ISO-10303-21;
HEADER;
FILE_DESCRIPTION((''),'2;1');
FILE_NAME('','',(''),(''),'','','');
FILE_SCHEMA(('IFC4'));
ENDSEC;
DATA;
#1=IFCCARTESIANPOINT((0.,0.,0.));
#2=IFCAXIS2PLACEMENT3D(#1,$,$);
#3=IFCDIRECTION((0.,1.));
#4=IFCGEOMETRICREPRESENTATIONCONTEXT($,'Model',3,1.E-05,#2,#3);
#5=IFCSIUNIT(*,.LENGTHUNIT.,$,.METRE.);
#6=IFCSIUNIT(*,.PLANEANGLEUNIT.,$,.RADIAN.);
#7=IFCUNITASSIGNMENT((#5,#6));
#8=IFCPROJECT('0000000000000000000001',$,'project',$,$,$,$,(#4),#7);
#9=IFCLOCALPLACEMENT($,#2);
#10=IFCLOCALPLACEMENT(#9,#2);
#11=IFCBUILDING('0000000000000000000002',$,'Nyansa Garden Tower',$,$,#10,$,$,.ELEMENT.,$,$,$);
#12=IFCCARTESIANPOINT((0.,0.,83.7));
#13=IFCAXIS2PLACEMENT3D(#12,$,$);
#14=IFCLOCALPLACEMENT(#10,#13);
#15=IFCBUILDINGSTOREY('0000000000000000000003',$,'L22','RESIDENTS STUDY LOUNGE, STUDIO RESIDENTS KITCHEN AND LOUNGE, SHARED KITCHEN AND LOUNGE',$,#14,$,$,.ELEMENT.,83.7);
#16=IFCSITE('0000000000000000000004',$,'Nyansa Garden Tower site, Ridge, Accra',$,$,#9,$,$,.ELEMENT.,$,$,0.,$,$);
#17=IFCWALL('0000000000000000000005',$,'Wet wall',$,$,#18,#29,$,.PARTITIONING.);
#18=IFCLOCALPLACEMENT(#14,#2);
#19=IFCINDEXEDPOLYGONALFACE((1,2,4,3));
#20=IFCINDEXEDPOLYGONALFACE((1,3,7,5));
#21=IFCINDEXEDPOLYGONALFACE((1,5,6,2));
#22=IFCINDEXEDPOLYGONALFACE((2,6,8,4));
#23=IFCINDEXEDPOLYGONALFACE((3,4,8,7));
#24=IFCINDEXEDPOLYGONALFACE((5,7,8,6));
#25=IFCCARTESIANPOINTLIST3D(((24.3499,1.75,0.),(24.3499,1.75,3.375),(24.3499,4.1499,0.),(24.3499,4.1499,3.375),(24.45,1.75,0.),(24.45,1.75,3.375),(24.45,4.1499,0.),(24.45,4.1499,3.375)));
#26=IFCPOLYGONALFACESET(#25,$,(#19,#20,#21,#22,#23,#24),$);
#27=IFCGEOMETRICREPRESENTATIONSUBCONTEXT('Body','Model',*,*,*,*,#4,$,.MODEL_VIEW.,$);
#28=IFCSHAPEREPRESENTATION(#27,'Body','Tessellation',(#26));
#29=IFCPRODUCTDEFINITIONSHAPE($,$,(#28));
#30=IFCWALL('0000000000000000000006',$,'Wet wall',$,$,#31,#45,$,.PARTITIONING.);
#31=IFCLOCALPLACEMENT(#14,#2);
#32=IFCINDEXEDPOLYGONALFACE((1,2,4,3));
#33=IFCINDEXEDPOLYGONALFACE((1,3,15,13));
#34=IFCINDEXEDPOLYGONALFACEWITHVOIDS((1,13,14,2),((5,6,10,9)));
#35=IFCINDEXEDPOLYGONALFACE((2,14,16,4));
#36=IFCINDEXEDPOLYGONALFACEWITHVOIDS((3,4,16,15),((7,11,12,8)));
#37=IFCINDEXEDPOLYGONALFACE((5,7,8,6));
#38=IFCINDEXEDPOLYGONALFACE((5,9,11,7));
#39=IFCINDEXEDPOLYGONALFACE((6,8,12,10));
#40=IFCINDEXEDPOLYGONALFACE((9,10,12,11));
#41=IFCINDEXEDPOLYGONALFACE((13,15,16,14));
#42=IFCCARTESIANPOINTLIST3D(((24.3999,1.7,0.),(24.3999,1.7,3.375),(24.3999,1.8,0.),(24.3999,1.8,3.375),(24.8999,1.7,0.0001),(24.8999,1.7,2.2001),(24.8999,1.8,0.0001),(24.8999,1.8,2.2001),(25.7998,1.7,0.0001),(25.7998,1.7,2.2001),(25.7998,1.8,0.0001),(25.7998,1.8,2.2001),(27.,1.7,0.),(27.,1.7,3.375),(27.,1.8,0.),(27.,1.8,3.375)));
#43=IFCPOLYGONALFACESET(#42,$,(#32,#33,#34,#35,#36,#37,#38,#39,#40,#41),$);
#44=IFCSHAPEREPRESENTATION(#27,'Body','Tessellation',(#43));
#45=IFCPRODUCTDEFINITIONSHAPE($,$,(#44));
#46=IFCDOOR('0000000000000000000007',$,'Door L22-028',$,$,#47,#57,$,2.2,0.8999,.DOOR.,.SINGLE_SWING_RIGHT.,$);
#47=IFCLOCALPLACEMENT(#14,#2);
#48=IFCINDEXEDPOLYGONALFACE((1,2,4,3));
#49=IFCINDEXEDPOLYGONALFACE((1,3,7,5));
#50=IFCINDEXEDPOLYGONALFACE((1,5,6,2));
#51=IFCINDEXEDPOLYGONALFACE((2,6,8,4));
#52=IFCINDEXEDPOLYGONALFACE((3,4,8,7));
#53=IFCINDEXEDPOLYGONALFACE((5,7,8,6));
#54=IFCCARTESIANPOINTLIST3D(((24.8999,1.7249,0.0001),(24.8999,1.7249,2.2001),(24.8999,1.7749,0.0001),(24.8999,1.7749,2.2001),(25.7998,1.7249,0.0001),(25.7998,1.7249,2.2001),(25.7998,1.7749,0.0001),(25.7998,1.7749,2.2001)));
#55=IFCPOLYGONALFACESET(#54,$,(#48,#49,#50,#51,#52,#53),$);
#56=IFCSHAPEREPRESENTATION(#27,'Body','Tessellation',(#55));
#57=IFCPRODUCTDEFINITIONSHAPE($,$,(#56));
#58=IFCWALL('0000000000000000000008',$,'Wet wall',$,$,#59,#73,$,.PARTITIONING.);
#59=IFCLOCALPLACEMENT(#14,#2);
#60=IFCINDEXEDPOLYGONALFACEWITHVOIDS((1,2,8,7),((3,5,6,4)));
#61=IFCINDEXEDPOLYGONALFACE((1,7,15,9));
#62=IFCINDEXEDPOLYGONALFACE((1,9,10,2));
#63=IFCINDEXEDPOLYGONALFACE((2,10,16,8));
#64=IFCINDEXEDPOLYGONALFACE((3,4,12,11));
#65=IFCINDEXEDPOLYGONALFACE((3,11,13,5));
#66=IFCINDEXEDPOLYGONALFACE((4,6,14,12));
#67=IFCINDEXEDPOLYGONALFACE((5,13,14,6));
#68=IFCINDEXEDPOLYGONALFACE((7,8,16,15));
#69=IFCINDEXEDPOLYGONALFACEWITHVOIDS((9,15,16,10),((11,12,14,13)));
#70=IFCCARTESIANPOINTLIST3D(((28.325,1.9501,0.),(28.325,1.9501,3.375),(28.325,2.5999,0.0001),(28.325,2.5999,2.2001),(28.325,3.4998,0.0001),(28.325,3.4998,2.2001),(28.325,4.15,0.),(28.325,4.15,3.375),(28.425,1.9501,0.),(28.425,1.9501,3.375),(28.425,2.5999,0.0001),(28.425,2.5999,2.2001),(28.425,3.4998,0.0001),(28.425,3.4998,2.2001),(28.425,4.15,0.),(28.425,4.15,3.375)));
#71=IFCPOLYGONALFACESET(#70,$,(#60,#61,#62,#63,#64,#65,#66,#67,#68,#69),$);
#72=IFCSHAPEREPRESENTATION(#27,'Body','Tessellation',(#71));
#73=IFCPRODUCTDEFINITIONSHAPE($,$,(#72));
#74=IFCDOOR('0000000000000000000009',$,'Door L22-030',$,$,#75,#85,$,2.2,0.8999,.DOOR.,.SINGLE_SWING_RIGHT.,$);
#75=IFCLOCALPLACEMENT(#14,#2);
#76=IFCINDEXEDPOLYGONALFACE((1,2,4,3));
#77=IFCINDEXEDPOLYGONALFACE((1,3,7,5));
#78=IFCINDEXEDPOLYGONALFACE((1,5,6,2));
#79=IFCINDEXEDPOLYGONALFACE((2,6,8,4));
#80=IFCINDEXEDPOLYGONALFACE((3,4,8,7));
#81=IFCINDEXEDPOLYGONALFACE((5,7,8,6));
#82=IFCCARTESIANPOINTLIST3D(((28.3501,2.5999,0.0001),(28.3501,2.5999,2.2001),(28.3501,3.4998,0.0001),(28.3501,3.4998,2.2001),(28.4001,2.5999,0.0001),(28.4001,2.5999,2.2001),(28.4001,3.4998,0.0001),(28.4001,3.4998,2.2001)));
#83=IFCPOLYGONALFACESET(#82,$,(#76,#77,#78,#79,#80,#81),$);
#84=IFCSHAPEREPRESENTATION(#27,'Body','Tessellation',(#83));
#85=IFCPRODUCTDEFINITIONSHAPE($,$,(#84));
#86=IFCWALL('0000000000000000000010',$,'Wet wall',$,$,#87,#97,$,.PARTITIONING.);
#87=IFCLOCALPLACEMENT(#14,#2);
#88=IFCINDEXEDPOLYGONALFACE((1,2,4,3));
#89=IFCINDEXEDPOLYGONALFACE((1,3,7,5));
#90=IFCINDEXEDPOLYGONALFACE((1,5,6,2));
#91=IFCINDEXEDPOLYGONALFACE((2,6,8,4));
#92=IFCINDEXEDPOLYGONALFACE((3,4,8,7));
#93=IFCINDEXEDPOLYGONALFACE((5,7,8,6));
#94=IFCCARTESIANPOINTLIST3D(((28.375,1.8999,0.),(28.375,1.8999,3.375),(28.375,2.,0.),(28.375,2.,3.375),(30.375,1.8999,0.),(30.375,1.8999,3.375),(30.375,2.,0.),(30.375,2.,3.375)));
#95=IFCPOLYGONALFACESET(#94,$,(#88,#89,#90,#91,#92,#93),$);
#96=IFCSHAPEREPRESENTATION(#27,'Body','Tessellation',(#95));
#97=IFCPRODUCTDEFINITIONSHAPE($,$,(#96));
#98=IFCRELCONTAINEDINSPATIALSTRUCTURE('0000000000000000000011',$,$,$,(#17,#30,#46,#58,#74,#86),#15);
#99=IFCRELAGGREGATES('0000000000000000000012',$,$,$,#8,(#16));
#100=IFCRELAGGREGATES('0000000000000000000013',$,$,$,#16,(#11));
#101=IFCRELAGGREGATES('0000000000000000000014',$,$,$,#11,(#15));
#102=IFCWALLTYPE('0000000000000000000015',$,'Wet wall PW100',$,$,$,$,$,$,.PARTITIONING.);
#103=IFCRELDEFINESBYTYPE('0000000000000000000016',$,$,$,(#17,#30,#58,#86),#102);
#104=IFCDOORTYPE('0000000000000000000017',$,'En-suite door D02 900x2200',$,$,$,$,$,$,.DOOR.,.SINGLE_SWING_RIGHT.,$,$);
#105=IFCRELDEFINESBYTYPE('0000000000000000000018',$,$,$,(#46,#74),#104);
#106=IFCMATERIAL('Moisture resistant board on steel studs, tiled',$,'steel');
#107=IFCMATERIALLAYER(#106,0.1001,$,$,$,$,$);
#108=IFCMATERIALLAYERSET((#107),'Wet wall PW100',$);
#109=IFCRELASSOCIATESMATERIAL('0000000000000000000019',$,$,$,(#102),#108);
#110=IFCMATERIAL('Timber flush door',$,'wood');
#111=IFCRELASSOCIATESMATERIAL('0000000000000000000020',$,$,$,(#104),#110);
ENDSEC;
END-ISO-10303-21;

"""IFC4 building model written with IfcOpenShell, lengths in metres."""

from ifc_helpers import new_model, si_unit, direction, frame, frame_2d, origin, place, context, subcontext, project, spatial, rectangle, extrude, material, layer, layer_set, type_object, element, fill, save


model = new_model("IFC4")

# Units and contexts
model_context = context("Model", 3, precision=1e-05, world=origin(), true_north=direction((0.0, 1.0)))
body_context = subcontext(model_context, "Body", "Model", "MODEL_VIEW")
ifc_project = project(units=[si_unit("LENGTHUNIT", "METRE"), si_unit("PLANEANGLEUNIT", "RADIAN")], contexts=[model_context])

# Site, building, storey
site_placement = place(None, origin())
site = spatial("IfcSite", under=ifc_project, at=site_placement, Name="Nyansa Garden Tower site, Ridge, Accra", CompositionType="ELEMENT", RefElevation=0.0)
building_placement = place(site_placement, origin())
building = spatial("IfcBuilding", under=site, at=building_placement, Name="Nyansa Garden Tower", CompositionType="ELEMENT")
storey_placement = place(building_placement, frame((0.0, 0.0, 83.7)))
storey = spatial("IfcBuildingStorey", under=building, at=storey_placement, Name="L22", Description="RESIDENTS STUDY LOUNGE, STUDIO RESIDENTS KITCHEN AND LOUNGE, SHARED KITCHEN AND LOUNGE", CompositionType="ELEMENT", Elevation=83.7)

# Wall
ifc_material_1 = material(Name="Moisture resistant board on steel studs, tiled", Category="steel")
ifc_layer_1 = layer(ifc_material_1, 0.1001)
ifc_layer_set_1 = layer_set([ifc_layer_1], Name="Wet wall PW100")
wall_type_1 = type_object("IfcWallType", Name="Wet wall PW100", PredefinedType="PARTITIONING", material=ifc_layer_set_1)
wall_1_placement = place(storey_placement, frame((24.3999, 1.75, 0.0), z_axis=(0.0, 0.0, 1.0), x_axis=(0.0, 1.0, 0.0)))
element("IfcWall", 1, at=wall_1_placement, inside=storey, type_object=wall_type_1, Name="Wet wall", PredefinedType="PARTITIONING", context=body_context, shape_type="SweptSolid", body=[
    extrude(rectangle(XDim=2.3999, YDim=0.1001, at=frame_2d((1.2, 0.0))), origin(), (0.0, 0.0, 1.0), 3.375),
])

# Walls, openings, doors
wall_2_placement = place(storey_placement, frame((24.3999, 1.75, 0.0), z_axis=(0.0, 0.0, 1.0), x_axis=(1.0, 0.0, 0.0)))
wall_2 = element("IfcWall", 2, at=wall_2_placement, inside=storey, type_object=wall_type_1, Name="Wet wall", PredefinedType="PARTITIONING", context=body_context, shape_type="SweptSolid", body=[
    extrude(rectangle(XDim=2.6001, YDim=0.1001, at=frame_2d((1.3, 0.0))), origin(), (0.0, 0.0, 1.0), 3.375),
])
opening_1_placement = place(wall_2_placement, frame((0.5, 0.0, 0.0)))
opening_1 = element("IfcOpeningElement", 3, at=opening_1_placement, cuts=wall_2, PredefinedType="OPENING", context=body_context, shape_type="SweptSolid", body=[
    extrude(rectangle(XDim=0.8999, YDim=2.2, at=frame_2d((0.45, 1.1001))), frame((0.0, 0.0601, 0.0), z_axis=(0.0, -1.0, 0.0), x_axis=(1.0, 0.0, 0.0)), (0.0, 0.0, 1.0), 0.1201),
])
ifc_material_2 = material(Name="Timber flush door", Category="wood")
door_type_1 = type_object("IfcDoorType", Name="En-suite door D02 900x2200", OperationType="SINGLE_SWING_RIGHT", PredefinedType="DOOR", material=ifc_material_2)
door_1_placement = place(opening_1_placement, origin())
door_1 = element("IfcDoor", 4, at=door_1_placement, inside=storey, type_object=door_type_1, Name="Door L22-028", OperationType="SINGLE_SWING_RIGHT", OverallHeight=2.2, OverallWidth=0.8999, PredefinedType="DOOR", context=body_context, shape_type="SweptSolid", body=[
    extrude(rectangle(XDim=0.8999, YDim=2.2, at=frame_2d((0.45, 1.1001))), frame((0.0, 0.0249, 0.0), z_axis=(0.0, -1.0, 0.0), x_axis=(1.0, 0.0, 0.0)), (0.0, 0.0, 1.0), 0.05),
])
fill(opening_1, door_1)
wall_3_placement = place(storey_placement, frame((28.375, 1.95, 0.0), z_axis=(0.0, 0.0, 1.0), x_axis=(0.0, 1.0, 0.0)))
wall_3 = element("IfcWall", 5, at=wall_3_placement, inside=storey, type_object=wall_type_1, Name="Wet wall", PredefinedType="PARTITIONING", context=body_context, shape_type="SweptSolid", body=[
    extrude(rectangle(XDim=2.2, YDim=0.1001, at=frame_2d((1.1001, 0.0))), origin(), (0.0, 0.0, 1.0), 3.375),
])
opening_2_placement = place(wall_3_placement, frame((0.6499, 0.0, 0.0)))
opening_2 = element("IfcOpeningElement", 6, at=opening_2_placement, cuts=wall_3, PredefinedType="OPENING", context=body_context, shape_type="SweptSolid", body=[
    extrude(rectangle(XDim=0.8999, YDim=2.2, at=frame_2d((0.45, 1.1001))), frame((0.0, 0.0601, 0.0), z_axis=(0.0, -1.0, 0.0), x_axis=(1.0, 0.0, 0.0)), (0.0, 0.0, 1.0), 0.1201),
])
door_2_placement = place(opening_2_placement, origin())
door_2 = element("IfcDoor", 7, at=door_2_placement, inside=storey, type_object=door_type_1, Name="Door L22-030", OperationType="SINGLE_SWING_RIGHT", OverallHeight=2.2, OverallWidth=0.8999, PredefinedType="DOOR", context=body_context, shape_type="SweptSolid", body=[
    extrude(rectangle(XDim=0.8999, YDim=2.2, at=frame_2d((0.45, 1.1001))), frame((0.0, 0.0249, 0.0), z_axis=(0.0, -1.0, 0.0), x_axis=(1.0, 0.0, 0.0)), (0.0, 0.0, 1.0), 0.05),
])
fill(opening_2, door_2)

# Wall
wall_4_placement = place(storey_placement, frame((28.375, 1.95, 0.0), z_axis=(0.0, 0.0, 1.0), x_axis=(1.0, 0.0, 0.0)))
element("IfcWall", 8, at=wall_4_placement, inside=storey, type_object=wall_type_1, Name="Wet wall", PredefinedType="PARTITIONING", context=body_context, shape_type="SweptSolid", body=[
    extrude(rectangle(XDim=2.0, YDim=0.1001, at=frame_2d((1.0, 0.0))), origin(), (0.0, 0.0, 1.0), 3.375),
])

save(model, "model.ifc")
